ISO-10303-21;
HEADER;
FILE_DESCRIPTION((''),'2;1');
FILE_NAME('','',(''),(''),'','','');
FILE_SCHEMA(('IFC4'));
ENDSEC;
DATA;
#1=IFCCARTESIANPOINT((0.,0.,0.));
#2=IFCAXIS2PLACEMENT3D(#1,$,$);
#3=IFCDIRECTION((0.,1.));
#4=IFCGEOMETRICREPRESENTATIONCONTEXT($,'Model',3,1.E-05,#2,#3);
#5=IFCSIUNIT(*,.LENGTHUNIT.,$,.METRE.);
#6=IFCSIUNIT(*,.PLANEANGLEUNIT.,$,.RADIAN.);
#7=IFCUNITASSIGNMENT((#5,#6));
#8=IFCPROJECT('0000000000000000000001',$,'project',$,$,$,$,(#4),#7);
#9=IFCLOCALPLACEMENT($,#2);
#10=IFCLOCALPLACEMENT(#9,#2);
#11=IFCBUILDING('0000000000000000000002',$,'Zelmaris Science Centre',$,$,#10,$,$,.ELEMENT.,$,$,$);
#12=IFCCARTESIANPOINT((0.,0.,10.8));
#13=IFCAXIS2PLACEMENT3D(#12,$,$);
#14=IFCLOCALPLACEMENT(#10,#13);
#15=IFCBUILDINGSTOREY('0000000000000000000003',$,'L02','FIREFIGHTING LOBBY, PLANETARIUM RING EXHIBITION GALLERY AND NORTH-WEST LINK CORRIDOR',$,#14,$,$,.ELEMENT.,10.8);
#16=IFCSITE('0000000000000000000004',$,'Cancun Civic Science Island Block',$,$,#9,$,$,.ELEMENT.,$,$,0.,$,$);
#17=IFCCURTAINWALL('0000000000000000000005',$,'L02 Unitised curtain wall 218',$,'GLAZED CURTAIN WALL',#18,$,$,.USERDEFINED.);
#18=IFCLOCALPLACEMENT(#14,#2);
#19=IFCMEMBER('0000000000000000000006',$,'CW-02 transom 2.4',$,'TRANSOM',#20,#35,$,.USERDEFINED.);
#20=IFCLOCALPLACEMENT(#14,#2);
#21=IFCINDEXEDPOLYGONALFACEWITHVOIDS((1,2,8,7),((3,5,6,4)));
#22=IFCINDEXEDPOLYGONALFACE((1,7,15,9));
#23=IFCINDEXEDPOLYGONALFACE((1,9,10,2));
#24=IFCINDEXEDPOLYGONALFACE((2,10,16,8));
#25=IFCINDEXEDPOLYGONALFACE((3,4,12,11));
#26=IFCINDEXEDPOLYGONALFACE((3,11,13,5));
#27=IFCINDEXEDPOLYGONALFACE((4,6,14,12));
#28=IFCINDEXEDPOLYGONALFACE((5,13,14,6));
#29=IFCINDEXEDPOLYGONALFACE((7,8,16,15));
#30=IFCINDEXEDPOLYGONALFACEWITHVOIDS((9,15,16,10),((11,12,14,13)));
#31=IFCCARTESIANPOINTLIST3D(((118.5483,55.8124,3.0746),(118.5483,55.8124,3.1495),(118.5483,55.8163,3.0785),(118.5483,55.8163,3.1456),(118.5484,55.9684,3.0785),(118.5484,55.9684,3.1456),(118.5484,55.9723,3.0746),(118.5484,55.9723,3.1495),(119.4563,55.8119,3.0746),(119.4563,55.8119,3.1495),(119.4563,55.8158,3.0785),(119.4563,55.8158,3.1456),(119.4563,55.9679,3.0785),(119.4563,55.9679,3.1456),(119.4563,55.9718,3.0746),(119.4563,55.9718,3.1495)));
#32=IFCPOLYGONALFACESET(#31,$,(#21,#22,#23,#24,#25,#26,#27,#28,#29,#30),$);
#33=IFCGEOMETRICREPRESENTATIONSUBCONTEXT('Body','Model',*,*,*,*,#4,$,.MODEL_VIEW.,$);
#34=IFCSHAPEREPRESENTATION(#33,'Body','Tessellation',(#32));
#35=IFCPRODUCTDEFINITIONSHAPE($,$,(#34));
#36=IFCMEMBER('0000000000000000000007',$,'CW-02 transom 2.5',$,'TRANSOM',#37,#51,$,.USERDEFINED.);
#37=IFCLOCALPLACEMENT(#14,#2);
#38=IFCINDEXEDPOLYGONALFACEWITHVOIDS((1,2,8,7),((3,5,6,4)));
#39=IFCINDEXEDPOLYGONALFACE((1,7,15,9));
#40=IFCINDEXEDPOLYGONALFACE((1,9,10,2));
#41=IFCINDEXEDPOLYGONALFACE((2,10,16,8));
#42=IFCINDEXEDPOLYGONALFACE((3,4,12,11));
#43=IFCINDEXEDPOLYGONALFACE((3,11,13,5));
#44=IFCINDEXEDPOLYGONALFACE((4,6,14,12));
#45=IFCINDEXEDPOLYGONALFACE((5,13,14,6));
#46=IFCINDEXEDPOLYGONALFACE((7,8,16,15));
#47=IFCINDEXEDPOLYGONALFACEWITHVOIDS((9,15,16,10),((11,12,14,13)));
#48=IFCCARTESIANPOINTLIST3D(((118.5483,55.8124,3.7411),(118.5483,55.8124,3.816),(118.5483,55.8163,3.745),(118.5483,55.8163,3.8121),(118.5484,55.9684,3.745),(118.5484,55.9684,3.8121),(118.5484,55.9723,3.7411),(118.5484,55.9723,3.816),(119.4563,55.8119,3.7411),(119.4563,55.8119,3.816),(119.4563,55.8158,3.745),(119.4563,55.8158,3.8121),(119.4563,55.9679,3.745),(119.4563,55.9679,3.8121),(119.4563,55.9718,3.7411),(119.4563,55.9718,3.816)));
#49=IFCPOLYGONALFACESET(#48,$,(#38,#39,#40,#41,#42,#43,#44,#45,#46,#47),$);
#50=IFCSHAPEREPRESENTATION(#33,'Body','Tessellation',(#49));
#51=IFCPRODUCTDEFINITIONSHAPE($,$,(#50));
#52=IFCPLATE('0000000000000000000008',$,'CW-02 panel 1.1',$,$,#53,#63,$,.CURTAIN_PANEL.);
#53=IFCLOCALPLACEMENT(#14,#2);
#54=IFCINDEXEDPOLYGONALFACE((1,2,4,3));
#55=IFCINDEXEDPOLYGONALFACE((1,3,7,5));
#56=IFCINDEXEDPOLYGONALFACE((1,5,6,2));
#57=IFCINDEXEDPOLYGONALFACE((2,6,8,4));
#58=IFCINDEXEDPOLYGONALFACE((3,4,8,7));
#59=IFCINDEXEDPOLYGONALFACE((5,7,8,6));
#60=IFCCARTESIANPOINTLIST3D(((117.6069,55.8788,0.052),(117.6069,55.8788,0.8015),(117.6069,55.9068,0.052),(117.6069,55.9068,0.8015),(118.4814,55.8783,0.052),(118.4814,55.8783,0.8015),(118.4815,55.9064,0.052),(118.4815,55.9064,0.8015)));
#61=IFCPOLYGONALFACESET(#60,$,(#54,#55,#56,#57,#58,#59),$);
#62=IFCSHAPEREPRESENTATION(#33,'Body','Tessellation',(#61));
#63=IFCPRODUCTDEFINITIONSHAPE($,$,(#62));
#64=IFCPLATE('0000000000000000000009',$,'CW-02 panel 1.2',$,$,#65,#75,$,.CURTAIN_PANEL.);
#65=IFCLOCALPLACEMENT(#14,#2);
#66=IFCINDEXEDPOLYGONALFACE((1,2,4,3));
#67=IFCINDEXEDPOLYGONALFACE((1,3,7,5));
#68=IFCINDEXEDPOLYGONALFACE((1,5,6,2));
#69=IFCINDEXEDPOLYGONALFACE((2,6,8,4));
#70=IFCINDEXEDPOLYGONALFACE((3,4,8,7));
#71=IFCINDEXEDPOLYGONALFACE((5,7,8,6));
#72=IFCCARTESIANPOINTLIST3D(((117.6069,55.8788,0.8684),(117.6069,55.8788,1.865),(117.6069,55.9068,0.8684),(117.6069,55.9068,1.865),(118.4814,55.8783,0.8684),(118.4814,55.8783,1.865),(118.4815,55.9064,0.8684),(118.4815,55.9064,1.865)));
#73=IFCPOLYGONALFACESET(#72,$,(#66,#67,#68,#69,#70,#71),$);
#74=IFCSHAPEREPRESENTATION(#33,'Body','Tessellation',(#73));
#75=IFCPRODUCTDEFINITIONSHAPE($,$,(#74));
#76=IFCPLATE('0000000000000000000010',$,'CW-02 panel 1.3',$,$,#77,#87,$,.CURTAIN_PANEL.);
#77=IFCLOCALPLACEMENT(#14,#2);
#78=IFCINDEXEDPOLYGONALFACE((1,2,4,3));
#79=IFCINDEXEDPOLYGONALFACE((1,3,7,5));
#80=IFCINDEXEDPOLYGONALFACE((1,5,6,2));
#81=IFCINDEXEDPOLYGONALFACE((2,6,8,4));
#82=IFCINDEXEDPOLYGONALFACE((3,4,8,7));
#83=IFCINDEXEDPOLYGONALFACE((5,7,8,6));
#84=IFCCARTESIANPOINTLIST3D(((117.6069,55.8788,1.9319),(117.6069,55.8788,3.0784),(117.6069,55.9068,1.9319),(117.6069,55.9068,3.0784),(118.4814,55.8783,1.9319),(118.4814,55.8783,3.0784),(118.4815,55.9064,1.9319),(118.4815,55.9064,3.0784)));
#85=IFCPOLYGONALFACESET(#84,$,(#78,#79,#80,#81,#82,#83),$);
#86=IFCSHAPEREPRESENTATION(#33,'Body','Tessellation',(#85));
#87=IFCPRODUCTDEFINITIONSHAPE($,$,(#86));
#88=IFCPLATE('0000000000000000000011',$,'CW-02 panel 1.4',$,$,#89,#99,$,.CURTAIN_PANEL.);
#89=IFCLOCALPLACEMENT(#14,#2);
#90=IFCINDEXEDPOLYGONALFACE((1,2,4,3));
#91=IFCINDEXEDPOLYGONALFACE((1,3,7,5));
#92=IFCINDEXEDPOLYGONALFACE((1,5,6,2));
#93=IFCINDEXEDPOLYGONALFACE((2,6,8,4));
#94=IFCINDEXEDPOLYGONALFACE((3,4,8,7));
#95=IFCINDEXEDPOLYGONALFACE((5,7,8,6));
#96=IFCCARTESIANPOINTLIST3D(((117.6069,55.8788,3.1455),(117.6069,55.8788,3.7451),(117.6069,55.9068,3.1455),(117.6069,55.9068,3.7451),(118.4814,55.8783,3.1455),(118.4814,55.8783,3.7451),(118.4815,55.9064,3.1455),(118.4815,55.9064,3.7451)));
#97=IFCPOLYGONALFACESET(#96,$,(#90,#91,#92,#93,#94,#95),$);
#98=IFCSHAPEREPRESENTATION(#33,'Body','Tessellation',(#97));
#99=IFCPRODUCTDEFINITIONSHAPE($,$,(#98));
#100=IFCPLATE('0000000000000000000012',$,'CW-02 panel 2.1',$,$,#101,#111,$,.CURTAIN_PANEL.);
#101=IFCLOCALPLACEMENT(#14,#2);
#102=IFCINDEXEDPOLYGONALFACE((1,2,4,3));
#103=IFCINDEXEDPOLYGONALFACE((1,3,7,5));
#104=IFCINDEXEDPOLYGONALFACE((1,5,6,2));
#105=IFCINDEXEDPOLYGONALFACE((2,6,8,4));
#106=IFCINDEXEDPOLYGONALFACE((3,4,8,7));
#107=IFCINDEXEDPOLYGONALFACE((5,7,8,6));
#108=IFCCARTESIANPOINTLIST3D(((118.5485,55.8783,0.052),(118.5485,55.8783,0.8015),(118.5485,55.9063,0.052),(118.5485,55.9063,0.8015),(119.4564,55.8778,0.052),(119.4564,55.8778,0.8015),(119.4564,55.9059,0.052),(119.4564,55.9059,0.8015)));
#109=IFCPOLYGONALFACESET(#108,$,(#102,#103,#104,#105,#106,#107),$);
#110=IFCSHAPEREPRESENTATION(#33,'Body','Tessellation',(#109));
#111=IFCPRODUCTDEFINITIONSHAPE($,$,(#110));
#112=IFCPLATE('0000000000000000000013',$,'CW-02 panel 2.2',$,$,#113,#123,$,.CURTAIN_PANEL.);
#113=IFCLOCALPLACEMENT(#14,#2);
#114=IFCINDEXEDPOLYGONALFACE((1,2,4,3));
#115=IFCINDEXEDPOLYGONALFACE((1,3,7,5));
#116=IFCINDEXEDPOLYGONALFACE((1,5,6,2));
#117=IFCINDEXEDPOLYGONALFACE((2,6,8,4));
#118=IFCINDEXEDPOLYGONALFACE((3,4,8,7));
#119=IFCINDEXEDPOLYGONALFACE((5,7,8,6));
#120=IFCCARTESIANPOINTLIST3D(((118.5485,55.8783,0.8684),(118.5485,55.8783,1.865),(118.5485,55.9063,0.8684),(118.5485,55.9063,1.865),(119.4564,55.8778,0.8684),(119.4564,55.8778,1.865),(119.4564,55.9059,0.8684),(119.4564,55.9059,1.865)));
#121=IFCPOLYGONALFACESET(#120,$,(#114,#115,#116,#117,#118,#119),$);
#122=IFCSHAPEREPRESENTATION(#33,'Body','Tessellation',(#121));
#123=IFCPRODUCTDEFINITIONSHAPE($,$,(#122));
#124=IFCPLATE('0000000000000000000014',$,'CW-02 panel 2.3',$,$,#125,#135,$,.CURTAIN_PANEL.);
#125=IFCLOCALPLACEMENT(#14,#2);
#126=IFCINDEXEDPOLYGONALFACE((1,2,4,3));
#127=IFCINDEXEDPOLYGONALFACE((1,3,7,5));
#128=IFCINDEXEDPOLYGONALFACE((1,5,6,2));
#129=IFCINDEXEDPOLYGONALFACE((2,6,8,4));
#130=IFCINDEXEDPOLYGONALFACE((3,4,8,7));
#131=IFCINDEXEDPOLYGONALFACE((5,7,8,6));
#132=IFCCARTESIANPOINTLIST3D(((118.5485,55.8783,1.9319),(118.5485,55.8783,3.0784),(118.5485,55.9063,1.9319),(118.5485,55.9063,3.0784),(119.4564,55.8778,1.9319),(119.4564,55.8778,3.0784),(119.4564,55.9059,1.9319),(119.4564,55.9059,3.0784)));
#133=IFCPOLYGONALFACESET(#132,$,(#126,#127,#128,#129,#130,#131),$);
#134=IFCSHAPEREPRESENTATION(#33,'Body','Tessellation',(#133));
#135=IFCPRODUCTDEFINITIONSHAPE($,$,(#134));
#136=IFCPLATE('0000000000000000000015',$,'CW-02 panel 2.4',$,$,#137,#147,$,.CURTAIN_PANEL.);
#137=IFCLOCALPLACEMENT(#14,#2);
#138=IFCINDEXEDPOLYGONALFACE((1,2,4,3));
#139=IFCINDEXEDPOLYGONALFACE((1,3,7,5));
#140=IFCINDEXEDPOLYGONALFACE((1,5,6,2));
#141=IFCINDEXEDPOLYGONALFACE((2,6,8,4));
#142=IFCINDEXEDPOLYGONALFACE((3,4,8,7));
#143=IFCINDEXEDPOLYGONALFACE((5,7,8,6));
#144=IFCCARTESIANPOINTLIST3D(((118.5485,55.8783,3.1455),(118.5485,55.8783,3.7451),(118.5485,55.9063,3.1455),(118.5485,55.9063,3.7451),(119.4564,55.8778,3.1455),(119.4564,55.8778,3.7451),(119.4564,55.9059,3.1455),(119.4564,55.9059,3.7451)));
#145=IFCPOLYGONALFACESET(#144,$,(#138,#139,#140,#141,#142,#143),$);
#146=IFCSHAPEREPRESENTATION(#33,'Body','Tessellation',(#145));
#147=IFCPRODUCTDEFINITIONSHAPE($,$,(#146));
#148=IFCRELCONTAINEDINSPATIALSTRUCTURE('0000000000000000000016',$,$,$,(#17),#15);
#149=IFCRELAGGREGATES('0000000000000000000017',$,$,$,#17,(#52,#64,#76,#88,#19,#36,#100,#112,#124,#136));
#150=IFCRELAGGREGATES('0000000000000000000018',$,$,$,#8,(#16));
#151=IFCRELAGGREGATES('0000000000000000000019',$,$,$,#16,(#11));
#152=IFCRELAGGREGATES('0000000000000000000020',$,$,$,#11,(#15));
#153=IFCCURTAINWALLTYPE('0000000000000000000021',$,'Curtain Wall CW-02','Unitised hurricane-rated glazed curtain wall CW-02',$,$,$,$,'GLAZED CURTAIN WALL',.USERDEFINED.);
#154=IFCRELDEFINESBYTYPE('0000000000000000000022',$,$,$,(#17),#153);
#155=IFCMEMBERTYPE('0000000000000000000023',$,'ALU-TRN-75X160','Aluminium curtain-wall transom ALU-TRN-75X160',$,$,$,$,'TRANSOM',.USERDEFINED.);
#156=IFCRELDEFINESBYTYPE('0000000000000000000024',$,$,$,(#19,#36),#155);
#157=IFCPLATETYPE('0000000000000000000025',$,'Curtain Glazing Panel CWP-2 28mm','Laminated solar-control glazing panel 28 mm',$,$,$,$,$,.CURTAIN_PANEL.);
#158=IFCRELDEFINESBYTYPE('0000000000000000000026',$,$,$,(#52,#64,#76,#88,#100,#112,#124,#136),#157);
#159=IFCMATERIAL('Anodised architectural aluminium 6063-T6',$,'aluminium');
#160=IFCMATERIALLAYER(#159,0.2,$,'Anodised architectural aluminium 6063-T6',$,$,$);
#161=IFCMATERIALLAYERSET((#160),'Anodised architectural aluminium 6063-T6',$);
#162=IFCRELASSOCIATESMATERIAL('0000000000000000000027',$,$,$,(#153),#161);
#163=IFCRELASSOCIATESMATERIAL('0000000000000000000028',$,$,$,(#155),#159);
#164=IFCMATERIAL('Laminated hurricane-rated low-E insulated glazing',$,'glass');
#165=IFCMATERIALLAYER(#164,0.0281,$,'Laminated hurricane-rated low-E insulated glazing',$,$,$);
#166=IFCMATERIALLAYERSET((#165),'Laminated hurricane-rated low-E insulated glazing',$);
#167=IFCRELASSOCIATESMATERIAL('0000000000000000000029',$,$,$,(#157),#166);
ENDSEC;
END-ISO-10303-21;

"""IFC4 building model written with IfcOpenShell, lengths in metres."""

from ifc_helpers import new_model, si_unit, direction, frame, origin, origin_2d, place, context, subcontext, project, spatial, rectangle, hollow_rectangle, extrude, material, layer, layer_set, material_profile, profile_set, type_object, element, aggregate, save


model = new_model("IFC4")

# Units and contexts
model_context = context("Model", 3, precision=1e-05, world=origin(), true_north=direction((0.0, 1.0)))
body_context = subcontext(model_context, "Body", "Model", "MODEL_VIEW")
ifc_project = project(units=[si_unit("LENGTHUNIT", "METRE"), si_unit("PLANEANGLEUNIT", "RADIAN")], contexts=[model_context])

# Site, building, storey
site_placement = place(None, origin())
site = spatial("IfcSite", under=ifc_project, at=site_placement, Name="Cancun Civic Science Island Block", CompositionType="ELEMENT", RefElevation=0.0)
building_placement = place(site_placement, origin())
building = spatial("IfcBuilding", under=site, at=building_placement, Name="Zelmaris Science Centre", CompositionType="ELEMENT")
storey_placement = place(building_placement, frame((0.0, 0.0, 10.8)))
storey = spatial("IfcBuildingStorey", under=building, at=storey_placement, Name="L02", Description="FIREFIGHTING LOBBY, PLANETARIUM RING EXHIBITION GALLERY AND NORTH-WEST LINK CORRIDOR", CompositionType="ELEMENT", Elevation=10.8)

# Curtain wall, members, plates
ifc_material_1 = material(Name="Anodised architectural aluminium 6063-T6", Category="aluminium")
ifc_layer_1 = layer(ifc_material_1, 0.2, Name="Anodised architectural aluminium 6063-T6")
ifc_layer_set_1 = layer_set([ifc_layer_1], Name="Anodised architectural aluminium 6063-T6")
curtain_wall_type = type_object("IfcCurtainWallType", Name="Curtain Wall CW-02", Description="Unitised hurricane-rated glazed curtain wall CW-02", ElementType="GLAZED CURTAIN WALL", PredefinedType="USERDEFINED", material=ifc_layer_set_1)
curtain_wall_placement = place(storey_placement, origin())
curtain_wall = element("IfcCurtainWall", 1, at=curtain_wall_placement, inside=storey, type_object=curtain_wall_type, Name="L02 Unitised curtain wall 218", ObjectType="GLAZED CURTAIN WALL", PredefinedType="USERDEFINED")
ifc_material_profile_1 = material_profile(ifc_material_1, hollow_rectangle(XDim=0.075, YDim=0.1599, WallThickness=0.0039, at=origin_2d()), Name="ALU-TRN-75X160")
ifc_profile_set_1 = profile_set([ifc_material_profile_1], Name="Anodised architectural aluminium 6063-T6")
member_type_1 = type_object("IfcMemberType", Name="ALU-TRN-75X160", Description="Aluminium curtain-wall transom ALU-TRN-75X160", ElementType="TRANSOM", PredefinedType="USERDEFINED", material=ifc_profile_set_1)
member_1_placement = place(storey_placement, frame((118.5483, 55.8923, 3.1121), z_axis=(1.0, -0.000538, 0.0), x_axis=(0.0, 0.0, 1.0)))
member_1 = element("IfcMember", 2, at=member_1_placement, type_object=member_type_1, Name="CW-02 transom 2.4", ObjectType="TRANSOM", PredefinedType="USERDEFINED", context=body_context, shape_type="SweptSolid", body=[
    extrude(hollow_rectangle(XDim=0.075, YDim=0.1599, WallThickness=0.0039, at=origin_2d()), origin(), (0.0, 0.0, 1.0), 0.908),
])
member_2_placement = place(storey_placement, frame((118.5483, 55.8923, 3.7786), z_axis=(1.0, -0.000538, 0.0), x_axis=(0.0, 0.0, 1.0)))
member_2 = element("IfcMember", 3, at=member_2_placement, type_object=member_type_1, Name="CW-02 transom 2.5", ObjectType="TRANSOM", PredefinedType="USERDEFINED", context=body_context, shape_type="SweptSolid", body=[
    extrude(hollow_rectangle(XDim=0.075, YDim=0.1599, WallThickness=0.0039, at=origin_2d()), origin(), (0.0, 0.0, 1.0), 0.908),
])
ifc_material_2 = material(Name="Laminated hurricane-rated low-E insulated glazing", Category="glass")
ifc_layer_2 = layer(ifc_material_2, 0.0281, Name="Laminated hurricane-rated low-E insulated glazing")
ifc_layer_set_2 = layer_set([ifc_layer_2], Name="Laminated hurricane-rated low-E insulated glazing")
plate_type = type_object("IfcPlateType", Name="Curtain Glazing Panel CWP-2 28mm", Description="Laminated solar-control glazing panel 28 mm", PredefinedType="CURTAIN_PANEL", material=ifc_layer_set_2)
plate_1_placement = place(storey_placement, frame((118.0442, 55.8926, 0.052), z_axis=(0.0, 0.0, 1.0), x_axis=(1.0, -0.000487, 0.0)))
plate_1 = element("IfcPlate", 4, at=plate_1_placement, type_object=plate_type, Name="CW-02 panel 1.1", PredefinedType="CURTAIN_PANEL", context=body_context, shape_type="SweptSolid", body=[
    extrude(rectangle(XDim=0.8745, YDim=0.0281, at=origin_2d()), origin(), (0.0, 0.0, 1.0), 0.7495),
])
plate_2_placement = place(storey_placement, frame((118.0442, 55.8926, 0.8684), z_axis=(0.0, 0.0, 1.0), x_axis=(1.0, -0.000487, 0.0)))
plate_2 = element("IfcPlate", 5, at=plate_2_placement, type_object=plate_type, Name="CW-02 panel 1.2", PredefinedType="CURTAIN_PANEL", context=body_context, shape_type="SweptSolid", body=[
    extrude(rectangle(XDim=0.8745, YDim=0.0281, at=origin_2d()), origin(), (0.0, 0.0, 1.0), 0.9966),
])
plate_3_placement = place(storey_placement, frame((118.0442, 55.8926, 1.9319), z_axis=(0.0, 0.0, 1.0), x_axis=(1.0, -0.000487, 0.0)))
plate_3 = element("IfcPlate", 6, at=plate_3_placement, type_object=plate_type, Name="CW-02 panel 1.3", PredefinedType="CURTAIN_PANEL", context=body_context, shape_type="SweptSolid", body=[
    extrude(rectangle(XDim=0.8745, YDim=0.0281, at=origin_2d()), origin(), (0.0, 0.0, 1.0), 1.1465),
])
plate_4_placement = place(storey_placement, frame((118.0442, 55.8926, 3.1455), z_axis=(0.0, 0.0, 1.0), x_axis=(1.0, -0.000487, 0.0)))
plate_4 = element("IfcPlate", 7, at=plate_4_placement, type_object=plate_type, Name="CW-02 panel 1.4", PredefinedType="CURTAIN_PANEL", context=body_context, shape_type="SweptSolid", body=[
    extrude(rectangle(XDim=0.8745, YDim=0.0281, at=origin_2d()), origin(), (0.0, 0.0, 1.0), 0.5996),
])
plate_5_placement = place(storey_placement, frame((119.0024, 55.8921, 0.052), z_axis=(0.0, 0.0, 1.0), x_axis=(1.0, -0.000487, 0.0)))
plate_5 = element("IfcPlate", 8, at=plate_5_placement, type_object=plate_type, Name="CW-02 panel 2.1", PredefinedType="CURTAIN_PANEL", context=body_context, shape_type="SweptSolid", body=[
    extrude(rectangle(XDim=0.908, YDim=0.0281, at=origin_2d()), origin(), (0.0, 0.0, 1.0), 0.7495),
])
plate_6_placement = place(storey_placement, frame((119.0024, 55.8921, 0.8684), z_axis=(0.0, 0.0, 1.0), x_axis=(1.0, -0.000487, 0.0)))
plate_6 = element("IfcPlate", 9, at=plate_6_placement, type_object=plate_type, Name="CW-02 panel 2.2", PredefinedType="CURTAIN_PANEL", context=body_context, shape_type="SweptSolid", body=[
    extrude(rectangle(XDim=0.908, YDim=0.0281, at=origin_2d()), origin(), (0.0, 0.0, 1.0), 0.9966),
])
plate_7_placement = place(storey_placement, frame((119.0024, 55.8921, 1.9319), z_axis=(0.0, 0.0, 1.0), x_axis=(1.0, -0.000487, 0.0)))
plate_7 = element("IfcPlate", 10, at=plate_7_placement, type_object=plate_type, Name="CW-02 panel 2.3", PredefinedType="CURTAIN_PANEL", context=body_context, shape_type="SweptSolid", body=[
    extrude(rectangle(XDim=0.908, YDim=0.0281, at=origin_2d()), origin(), (0.0, 0.0, 1.0), 1.1465),
])
plate_8_placement = place(storey_placement, frame((119.0024, 55.8921, 3.1455), z_axis=(0.0, 0.0, 1.0), x_axis=(1.0, -0.000487, 0.0)))
plate_8 = element("IfcPlate", 11, at=plate_8_placement, type_object=plate_type, Name="CW-02 panel 2.4", PredefinedType="CURTAIN_PANEL", context=body_context, shape_type="SweptSolid", body=[
    extrude(rectangle(XDim=0.908, YDim=0.0281, at=origin_2d()), origin(), (0.0, 0.0, 1.0), 0.5996),
])
aggregate(curtain_wall, [plate_1, plate_2, plate_3, plate_4, member_1, member_2, plate_5, plate_6, plate_7, plate_8])

save(model, "model.ifc")
